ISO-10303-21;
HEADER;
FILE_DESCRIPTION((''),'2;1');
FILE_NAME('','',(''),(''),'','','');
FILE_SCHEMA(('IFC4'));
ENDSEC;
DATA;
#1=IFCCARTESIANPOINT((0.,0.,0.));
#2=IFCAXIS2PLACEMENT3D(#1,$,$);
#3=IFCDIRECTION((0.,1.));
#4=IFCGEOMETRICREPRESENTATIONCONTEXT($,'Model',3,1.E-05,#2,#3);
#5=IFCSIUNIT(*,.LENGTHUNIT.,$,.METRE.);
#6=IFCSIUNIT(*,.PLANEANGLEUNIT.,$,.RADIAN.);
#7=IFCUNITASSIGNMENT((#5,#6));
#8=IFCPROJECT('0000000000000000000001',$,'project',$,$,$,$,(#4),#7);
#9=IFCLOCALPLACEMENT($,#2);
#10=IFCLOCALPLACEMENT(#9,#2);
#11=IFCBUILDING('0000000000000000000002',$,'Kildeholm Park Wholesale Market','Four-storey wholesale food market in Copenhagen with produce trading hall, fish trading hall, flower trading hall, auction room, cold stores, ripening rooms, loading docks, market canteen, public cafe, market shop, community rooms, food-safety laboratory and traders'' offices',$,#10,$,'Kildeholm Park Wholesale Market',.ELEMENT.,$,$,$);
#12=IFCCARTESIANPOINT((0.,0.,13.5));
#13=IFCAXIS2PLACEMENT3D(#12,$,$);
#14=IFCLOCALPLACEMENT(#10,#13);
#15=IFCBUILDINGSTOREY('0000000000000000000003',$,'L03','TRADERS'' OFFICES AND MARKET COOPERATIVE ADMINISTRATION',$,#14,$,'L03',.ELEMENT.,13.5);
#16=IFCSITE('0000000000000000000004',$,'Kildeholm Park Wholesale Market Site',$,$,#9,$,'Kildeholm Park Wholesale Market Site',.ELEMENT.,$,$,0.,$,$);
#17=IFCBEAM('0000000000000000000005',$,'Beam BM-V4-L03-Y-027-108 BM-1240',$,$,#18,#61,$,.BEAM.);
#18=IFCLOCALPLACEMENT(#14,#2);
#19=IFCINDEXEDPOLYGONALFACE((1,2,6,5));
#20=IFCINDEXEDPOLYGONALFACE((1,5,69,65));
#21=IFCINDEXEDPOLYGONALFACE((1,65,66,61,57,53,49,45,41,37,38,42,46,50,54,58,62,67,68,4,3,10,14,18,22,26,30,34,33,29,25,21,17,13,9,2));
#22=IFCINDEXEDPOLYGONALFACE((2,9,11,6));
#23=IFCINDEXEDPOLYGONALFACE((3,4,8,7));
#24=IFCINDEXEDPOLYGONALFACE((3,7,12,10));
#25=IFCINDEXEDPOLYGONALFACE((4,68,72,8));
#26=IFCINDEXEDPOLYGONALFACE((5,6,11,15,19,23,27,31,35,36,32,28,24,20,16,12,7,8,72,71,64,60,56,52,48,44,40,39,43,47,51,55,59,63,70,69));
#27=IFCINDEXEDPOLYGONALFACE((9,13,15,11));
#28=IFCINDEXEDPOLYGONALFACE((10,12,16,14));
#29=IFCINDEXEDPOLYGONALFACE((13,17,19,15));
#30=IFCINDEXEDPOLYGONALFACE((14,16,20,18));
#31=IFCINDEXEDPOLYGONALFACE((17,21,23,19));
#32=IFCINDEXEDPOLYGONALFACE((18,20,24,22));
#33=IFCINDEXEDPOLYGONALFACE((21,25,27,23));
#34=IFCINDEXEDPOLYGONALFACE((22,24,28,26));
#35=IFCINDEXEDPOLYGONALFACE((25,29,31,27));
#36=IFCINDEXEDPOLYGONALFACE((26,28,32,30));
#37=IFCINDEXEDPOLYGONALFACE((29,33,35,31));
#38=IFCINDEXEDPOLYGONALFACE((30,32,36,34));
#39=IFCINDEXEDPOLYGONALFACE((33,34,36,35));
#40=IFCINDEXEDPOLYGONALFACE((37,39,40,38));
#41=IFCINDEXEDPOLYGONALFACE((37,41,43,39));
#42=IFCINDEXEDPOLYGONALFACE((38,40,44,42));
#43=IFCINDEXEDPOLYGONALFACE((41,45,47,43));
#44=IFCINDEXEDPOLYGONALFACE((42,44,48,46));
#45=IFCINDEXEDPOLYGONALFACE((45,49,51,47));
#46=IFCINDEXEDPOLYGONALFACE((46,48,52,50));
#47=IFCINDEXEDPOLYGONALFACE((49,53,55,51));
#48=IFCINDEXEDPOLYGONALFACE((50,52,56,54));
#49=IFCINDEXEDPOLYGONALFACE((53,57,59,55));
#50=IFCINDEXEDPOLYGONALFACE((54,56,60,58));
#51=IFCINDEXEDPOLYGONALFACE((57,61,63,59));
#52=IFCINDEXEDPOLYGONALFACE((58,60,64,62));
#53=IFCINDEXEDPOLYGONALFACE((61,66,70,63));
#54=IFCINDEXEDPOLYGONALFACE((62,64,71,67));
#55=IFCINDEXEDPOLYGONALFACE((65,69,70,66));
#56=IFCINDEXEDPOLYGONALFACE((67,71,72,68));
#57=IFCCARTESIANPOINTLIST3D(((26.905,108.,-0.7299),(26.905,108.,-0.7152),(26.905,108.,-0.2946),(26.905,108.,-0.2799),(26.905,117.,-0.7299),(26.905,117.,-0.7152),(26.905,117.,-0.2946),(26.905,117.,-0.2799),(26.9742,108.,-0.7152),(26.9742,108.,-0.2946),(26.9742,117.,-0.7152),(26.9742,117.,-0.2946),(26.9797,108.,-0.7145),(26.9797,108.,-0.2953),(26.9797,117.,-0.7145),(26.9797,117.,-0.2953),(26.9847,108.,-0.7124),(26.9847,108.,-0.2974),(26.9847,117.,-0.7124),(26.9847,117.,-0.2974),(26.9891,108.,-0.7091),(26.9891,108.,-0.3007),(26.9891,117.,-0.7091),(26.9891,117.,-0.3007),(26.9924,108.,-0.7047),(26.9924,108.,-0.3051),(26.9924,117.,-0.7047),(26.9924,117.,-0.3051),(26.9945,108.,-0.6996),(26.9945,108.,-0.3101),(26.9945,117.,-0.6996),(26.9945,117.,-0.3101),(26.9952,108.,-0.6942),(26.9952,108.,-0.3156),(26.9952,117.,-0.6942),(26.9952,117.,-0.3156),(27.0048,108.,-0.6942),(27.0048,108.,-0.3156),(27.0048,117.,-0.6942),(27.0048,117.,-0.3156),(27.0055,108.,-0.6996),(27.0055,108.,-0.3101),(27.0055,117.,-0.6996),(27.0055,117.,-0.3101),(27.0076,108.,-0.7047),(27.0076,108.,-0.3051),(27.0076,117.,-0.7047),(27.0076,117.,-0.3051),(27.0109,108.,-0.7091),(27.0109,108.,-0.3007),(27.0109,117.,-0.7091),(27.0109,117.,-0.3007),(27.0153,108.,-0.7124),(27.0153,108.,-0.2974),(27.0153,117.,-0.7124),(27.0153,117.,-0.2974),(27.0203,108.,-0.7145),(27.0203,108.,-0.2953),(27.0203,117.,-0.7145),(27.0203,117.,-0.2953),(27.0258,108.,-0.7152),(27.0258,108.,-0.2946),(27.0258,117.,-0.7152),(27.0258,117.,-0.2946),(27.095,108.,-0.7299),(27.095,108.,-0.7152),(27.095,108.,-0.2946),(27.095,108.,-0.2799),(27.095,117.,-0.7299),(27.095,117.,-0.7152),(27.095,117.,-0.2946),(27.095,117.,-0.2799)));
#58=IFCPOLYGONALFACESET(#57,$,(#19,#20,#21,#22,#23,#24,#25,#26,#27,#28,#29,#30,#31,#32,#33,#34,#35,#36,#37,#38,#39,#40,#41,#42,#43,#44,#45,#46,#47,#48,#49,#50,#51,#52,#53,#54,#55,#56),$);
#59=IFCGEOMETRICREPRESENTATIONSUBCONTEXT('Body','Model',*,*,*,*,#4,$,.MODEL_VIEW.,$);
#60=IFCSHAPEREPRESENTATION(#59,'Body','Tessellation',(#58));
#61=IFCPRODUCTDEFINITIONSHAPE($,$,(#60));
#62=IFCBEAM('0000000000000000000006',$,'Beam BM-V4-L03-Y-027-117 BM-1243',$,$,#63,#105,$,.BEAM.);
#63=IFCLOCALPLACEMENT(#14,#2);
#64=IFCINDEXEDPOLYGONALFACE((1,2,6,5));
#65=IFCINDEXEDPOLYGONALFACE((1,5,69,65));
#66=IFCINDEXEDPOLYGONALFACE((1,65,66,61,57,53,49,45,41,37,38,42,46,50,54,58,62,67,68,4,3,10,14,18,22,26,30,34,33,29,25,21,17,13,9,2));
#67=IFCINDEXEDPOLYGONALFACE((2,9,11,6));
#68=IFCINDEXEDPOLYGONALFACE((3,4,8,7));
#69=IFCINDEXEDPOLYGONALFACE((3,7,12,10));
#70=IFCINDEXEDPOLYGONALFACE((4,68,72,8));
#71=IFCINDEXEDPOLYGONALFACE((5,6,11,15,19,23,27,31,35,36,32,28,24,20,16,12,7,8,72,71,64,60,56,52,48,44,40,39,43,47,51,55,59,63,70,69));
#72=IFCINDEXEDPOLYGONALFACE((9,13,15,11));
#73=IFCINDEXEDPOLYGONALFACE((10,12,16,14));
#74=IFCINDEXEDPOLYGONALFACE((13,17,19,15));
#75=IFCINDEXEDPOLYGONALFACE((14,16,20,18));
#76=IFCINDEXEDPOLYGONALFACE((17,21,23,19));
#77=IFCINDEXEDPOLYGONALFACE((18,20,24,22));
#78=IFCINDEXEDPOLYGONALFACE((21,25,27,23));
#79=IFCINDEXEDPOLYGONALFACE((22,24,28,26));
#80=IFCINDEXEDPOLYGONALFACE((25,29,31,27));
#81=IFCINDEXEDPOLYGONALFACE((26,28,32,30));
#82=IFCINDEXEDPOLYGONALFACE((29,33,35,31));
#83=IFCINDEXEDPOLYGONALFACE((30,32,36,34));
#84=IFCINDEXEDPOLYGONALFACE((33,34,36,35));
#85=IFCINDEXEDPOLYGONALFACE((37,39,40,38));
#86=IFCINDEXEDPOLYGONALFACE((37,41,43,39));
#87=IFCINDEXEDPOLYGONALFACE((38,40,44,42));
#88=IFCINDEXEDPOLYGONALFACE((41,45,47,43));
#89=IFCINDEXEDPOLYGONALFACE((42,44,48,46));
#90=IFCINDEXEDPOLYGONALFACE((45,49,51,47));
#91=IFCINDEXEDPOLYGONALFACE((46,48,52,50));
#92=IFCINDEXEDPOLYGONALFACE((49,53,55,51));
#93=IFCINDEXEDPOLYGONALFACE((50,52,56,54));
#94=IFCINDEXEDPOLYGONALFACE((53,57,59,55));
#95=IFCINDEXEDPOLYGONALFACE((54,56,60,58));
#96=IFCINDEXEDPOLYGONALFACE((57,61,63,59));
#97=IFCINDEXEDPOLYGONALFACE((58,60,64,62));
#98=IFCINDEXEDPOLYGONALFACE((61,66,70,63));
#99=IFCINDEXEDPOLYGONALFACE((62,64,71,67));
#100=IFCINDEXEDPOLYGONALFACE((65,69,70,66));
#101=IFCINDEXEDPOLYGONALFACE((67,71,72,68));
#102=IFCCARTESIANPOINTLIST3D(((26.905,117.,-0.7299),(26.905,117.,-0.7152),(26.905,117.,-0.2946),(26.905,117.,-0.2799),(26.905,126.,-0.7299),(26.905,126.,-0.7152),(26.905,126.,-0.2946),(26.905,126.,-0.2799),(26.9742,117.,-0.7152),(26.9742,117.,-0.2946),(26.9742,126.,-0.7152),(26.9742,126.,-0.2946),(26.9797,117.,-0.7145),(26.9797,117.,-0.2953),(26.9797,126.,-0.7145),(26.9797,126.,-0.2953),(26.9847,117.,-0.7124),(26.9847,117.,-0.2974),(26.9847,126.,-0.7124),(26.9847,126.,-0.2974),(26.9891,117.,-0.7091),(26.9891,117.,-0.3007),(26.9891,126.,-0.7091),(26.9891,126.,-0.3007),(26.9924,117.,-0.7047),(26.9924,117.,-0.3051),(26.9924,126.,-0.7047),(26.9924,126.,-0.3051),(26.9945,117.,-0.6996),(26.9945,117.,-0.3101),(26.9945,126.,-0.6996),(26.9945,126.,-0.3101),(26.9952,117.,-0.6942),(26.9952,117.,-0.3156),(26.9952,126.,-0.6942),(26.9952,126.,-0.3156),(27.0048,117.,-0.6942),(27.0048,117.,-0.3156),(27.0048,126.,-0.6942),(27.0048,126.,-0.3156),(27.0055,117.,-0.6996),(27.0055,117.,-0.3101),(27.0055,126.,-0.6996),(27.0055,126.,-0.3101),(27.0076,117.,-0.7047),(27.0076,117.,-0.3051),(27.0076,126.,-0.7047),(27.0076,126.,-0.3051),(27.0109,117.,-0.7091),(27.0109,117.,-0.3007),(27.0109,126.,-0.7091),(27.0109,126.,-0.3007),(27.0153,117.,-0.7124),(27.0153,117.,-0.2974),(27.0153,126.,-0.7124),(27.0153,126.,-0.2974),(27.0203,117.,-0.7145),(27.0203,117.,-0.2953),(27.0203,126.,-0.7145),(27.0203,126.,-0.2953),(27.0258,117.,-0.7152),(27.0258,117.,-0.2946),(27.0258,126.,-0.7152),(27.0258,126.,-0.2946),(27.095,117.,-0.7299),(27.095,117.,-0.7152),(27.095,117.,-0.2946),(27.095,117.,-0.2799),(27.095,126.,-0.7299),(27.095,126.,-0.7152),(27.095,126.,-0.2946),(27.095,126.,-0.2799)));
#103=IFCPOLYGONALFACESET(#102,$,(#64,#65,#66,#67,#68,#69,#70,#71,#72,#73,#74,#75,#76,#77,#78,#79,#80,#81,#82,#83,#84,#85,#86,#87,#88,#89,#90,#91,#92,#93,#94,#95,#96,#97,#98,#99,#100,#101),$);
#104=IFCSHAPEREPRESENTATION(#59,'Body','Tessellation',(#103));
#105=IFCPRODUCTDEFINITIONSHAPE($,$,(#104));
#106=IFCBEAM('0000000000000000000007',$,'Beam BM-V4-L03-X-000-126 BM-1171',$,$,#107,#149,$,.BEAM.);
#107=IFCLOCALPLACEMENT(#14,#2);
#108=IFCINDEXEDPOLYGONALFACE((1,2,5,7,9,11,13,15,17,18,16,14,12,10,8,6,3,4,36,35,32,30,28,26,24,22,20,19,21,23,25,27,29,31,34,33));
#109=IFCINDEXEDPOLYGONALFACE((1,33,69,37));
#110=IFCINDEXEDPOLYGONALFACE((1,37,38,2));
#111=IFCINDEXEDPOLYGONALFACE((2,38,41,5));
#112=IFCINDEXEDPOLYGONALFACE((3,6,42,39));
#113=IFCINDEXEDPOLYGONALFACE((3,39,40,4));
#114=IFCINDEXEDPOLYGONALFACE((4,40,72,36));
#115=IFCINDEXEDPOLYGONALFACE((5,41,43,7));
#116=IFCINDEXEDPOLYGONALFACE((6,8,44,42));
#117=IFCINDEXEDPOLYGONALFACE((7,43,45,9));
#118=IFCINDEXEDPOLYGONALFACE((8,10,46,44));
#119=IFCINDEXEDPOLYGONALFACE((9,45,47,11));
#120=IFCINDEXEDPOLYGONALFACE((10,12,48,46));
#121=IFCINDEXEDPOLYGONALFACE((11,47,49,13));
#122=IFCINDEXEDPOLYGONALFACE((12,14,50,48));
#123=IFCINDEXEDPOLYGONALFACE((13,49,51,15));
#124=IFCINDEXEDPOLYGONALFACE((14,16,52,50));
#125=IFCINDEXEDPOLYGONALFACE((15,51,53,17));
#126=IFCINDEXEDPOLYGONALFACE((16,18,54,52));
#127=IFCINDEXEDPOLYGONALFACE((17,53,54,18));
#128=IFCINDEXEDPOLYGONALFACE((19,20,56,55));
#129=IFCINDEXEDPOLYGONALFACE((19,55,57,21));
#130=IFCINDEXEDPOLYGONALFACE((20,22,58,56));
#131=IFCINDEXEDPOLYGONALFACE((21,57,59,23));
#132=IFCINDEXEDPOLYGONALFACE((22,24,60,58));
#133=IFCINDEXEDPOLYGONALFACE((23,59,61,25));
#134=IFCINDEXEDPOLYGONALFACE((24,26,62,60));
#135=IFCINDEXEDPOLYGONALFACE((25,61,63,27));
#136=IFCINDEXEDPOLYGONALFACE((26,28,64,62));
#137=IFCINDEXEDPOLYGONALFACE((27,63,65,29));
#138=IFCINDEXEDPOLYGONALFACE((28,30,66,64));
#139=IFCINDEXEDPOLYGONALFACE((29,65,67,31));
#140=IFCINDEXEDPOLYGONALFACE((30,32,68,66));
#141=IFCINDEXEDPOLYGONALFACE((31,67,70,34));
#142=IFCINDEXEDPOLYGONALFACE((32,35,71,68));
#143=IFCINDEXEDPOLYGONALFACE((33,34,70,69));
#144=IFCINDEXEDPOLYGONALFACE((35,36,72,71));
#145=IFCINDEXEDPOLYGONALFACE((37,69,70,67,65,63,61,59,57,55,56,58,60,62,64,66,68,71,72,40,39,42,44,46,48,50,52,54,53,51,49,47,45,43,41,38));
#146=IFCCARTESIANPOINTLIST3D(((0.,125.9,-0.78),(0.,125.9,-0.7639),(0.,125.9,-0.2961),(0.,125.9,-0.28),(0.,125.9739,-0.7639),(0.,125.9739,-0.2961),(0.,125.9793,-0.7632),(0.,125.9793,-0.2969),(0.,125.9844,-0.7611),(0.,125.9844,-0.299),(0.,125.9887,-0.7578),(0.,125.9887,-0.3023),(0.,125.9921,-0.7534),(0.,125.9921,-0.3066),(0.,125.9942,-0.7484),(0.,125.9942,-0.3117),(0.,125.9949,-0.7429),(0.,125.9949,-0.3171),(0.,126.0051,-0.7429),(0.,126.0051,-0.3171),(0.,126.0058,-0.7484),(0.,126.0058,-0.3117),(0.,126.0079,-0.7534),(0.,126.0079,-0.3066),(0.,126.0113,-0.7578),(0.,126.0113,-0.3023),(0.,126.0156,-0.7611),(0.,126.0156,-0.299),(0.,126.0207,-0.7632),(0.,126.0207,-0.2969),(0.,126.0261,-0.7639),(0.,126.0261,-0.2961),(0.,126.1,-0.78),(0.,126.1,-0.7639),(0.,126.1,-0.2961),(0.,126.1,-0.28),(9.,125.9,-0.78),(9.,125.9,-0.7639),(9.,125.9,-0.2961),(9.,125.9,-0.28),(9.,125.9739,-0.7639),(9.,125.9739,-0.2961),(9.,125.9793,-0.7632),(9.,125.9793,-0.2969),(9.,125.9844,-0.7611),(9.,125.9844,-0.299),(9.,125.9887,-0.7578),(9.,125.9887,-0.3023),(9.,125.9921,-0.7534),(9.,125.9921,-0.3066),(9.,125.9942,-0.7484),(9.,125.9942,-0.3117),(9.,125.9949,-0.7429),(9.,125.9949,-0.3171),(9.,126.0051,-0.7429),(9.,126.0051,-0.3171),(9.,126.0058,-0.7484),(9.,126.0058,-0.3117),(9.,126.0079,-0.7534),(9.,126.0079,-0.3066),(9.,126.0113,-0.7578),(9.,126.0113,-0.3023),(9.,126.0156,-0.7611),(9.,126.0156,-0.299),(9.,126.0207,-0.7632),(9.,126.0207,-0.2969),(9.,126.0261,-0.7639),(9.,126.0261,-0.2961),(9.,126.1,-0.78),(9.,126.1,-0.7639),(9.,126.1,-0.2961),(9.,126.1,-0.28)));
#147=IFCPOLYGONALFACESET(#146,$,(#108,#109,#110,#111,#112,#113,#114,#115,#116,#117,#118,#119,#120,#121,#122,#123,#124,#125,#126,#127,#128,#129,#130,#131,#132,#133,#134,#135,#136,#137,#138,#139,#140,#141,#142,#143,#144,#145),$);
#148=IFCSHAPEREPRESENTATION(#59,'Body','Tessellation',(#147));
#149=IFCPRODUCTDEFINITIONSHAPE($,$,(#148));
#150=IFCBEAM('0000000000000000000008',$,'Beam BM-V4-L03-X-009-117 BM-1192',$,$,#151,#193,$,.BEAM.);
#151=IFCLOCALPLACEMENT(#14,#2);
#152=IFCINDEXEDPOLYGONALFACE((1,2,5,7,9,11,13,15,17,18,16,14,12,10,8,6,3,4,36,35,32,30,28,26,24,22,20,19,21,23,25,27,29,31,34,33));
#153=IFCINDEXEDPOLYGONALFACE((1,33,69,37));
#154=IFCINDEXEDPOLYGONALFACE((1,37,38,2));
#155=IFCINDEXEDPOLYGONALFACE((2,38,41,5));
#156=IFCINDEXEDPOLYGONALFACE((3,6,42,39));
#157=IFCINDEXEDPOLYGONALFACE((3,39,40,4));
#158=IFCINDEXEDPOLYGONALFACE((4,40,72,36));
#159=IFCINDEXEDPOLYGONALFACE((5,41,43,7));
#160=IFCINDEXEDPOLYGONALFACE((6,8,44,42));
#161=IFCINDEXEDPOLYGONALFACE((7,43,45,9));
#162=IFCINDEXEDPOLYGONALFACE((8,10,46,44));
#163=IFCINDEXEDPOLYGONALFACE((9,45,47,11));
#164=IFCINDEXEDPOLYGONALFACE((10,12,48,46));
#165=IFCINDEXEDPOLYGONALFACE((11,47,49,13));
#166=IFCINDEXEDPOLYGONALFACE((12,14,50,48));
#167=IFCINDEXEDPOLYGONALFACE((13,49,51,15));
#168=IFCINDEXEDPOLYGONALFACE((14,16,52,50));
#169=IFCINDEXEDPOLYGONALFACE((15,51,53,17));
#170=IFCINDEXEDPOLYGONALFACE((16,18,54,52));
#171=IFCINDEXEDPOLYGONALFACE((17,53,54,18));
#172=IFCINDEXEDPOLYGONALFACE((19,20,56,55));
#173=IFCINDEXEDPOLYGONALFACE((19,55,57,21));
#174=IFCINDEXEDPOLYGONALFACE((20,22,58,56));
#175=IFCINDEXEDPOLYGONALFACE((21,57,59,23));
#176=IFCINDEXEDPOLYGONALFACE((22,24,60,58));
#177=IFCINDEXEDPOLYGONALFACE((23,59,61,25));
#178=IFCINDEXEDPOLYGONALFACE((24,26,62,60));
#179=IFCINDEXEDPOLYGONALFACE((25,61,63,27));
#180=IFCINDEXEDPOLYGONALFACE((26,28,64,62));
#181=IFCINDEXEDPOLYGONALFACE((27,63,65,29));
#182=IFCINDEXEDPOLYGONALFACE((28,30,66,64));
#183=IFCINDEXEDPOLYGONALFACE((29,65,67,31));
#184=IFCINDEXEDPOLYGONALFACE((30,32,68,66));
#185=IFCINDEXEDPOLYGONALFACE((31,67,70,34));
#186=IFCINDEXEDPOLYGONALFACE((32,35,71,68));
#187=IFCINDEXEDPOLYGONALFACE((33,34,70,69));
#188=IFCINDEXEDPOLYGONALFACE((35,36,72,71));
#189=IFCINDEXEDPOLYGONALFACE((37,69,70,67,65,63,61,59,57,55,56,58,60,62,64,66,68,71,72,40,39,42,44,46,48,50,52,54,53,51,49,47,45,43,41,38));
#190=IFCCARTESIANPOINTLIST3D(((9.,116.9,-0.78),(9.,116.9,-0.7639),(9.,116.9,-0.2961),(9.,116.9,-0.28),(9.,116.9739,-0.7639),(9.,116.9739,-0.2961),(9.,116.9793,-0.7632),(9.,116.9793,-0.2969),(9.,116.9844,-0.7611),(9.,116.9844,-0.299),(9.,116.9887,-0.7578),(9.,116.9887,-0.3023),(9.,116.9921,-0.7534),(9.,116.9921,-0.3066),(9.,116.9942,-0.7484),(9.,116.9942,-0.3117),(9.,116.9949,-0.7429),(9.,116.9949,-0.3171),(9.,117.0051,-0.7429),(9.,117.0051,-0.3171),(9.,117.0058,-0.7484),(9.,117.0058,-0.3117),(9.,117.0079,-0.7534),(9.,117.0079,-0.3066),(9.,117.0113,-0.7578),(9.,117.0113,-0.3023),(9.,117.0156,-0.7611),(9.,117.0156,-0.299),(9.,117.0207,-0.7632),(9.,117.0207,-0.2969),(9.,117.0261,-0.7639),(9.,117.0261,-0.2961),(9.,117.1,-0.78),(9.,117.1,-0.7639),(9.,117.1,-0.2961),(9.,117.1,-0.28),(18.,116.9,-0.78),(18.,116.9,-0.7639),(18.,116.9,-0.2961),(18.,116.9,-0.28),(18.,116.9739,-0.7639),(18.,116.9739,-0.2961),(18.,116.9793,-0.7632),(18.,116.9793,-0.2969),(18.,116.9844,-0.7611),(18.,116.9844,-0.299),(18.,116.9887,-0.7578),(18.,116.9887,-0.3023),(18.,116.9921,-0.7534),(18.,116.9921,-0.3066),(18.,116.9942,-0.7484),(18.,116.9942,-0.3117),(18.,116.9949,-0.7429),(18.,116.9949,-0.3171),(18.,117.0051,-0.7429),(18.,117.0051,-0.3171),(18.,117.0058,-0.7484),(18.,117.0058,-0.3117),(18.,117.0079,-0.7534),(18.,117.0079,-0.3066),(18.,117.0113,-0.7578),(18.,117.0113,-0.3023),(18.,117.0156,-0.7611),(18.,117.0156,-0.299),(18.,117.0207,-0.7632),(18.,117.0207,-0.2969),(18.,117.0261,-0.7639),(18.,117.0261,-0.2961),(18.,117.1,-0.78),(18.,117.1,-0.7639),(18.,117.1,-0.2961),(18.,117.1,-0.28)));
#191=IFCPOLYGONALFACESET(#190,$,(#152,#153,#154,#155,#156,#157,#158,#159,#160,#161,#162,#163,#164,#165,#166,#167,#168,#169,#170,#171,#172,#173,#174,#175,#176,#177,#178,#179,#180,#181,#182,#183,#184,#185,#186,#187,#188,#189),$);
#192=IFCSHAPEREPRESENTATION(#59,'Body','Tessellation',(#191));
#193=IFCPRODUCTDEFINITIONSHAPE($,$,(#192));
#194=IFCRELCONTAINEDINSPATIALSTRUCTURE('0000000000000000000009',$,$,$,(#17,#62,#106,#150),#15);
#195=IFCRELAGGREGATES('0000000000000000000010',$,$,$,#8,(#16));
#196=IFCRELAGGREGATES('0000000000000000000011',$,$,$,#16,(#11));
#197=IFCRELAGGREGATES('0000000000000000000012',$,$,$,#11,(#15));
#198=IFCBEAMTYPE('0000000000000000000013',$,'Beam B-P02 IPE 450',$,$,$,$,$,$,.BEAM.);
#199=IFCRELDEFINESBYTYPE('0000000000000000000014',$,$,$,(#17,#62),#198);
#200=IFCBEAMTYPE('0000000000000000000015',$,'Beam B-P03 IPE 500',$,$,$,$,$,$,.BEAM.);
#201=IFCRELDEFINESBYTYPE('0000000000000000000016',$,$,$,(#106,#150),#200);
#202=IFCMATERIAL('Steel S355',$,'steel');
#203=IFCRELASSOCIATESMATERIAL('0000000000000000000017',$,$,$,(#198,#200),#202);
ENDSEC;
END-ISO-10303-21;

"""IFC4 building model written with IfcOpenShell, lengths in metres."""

from ifc_helpers import new_model, si_unit, direction, frame, origin, origin_2d, place, context, subcontext, project, spatial, i_section, extrude, material, material_profile, profile_set, type_object, element, save


model = new_model("IFC4")

# Units and contexts
model_context = context("Model", 3, precision=1e-05, world=origin(), true_north=direction((0.0, 1.0)))
body_context = subcontext(model_context, "Body", "Model", "MODEL_VIEW")
ifc_project = project(units=[si_unit("LENGTHUNIT", "METRE"), si_unit("PLANEANGLEUNIT", "RADIAN")], contexts=[model_context])

# Site, building, storey
site_placement = place(None, origin())
site = spatial("IfcSite", under=ifc_project, at=site_placement, Name="Kildeholm Park Wholesale Market Site", LongName="Kildeholm Park Wholesale Market Site", CompositionType="ELEMENT", RefElevation=0.0)
building_placement = place(site_placement, origin())
building = spatial("IfcBuilding", under=site, at=building_placement, Name="Kildeholm Park Wholesale Market", Description="Four-storey wholesale food market in Copenhagen with produce trading hall, fish trading hall, flower trading hall, auction room, cold stores, ripening rooms, loading docks, market canteen, public cafe, market shop, community rooms, food-safety laboratory and traders' offices", LongName="Kildeholm Park Wholesale Market", CompositionType="ELEMENT")
storey_placement = place(building_placement, frame((0.0, 0.0, 13.5)))
storey = spatial("IfcBuildingStorey", under=building, at=storey_placement, Name="L03", Description="TRADERS' OFFICES AND MARKET COOPERATIVE ADMINISTRATION", LongName="L03", CompositionType="ELEMENT", Elevation=13.5)

# Beams
ifc_material_1 = material(Name="Steel S355", Category="steel")
ifc_material_profile_1 = material_profile(ifc_material_1, i_section(OverallWidth=0.1899, OverallDepth=0.45, WebThickness=0.0095, FlangeThickness=0.0146, FilletRadius=0.021, at=origin_2d()), Name="IPE 450")
ifc_profile_set_1 = profile_set([ifc_material_profile_1], Name="Steel S355")
beam_type_1 = type_object("IfcBeamType", Name="Beam B-P02 IPE 450", PredefinedType="BEAM", material=ifc_profile_set_1)
for number, where, z_axis, x_axis, name in (
    (1, (27.0, 108.0, -0.5049), (0.0, 1.0, 0.0), (-1.0, 0.0, 0.0), "Beam BM-V4-L03-Y-027-108 BM-1240"),
    (2, (27.0, 117.0, -0.5049), (0.0, 1.0, 0.0), (-1.0, 0.0, 0.0), "Beam BM-V4-L03-Y-027-117 BM-1243"),
):
    element("IfcBeam", number, at=place(storey_placement, frame(where, z_axis=z_axis, x_axis=x_axis)), inside=storey, type_object=beam_type_1, Name=name, PredefinedType="BEAM", context=body_context, shape_type="SweptSolid", body=[
        extrude(i_section(OverallWidth=0.1899, OverallDepth=0.45, WebThickness=0.0095, FlangeThickness=0.0146, FilletRadius=0.021, at=origin_2d()), origin(), (0.0, 0.0, 1.0), 9.0),
    ])
ifc_material_profile_2 = material_profile(ifc_material_1, i_section(OverallWidth=0.2, OverallDepth=0.5, WebThickness=0.0103, FlangeThickness=0.0161, FilletRadius=0.021, at=origin_2d()), Name="IPE 500")
ifc_profile_set_2 = profile_set([ifc_material_profile_2], Name="Steel S355")
beam_type_2 = type_object("IfcBeamType", Name="Beam B-P03 IPE 500", PredefinedType="BEAM", material=ifc_profile_set_2)
for number, where, z_axis, x_axis, name in (
    (3, (0.0, 126.0, -0.53), (1.0, 0.0, 0.0), (0.0, 1.0, 0.0), "Beam BM-V4-L03-X-000-126 BM-1171"),
    (4, (9.0, 117.0, -0.53), (1.0, 0.0, 0.0), (0.0, 1.0, 0.0), "Beam BM-V4-L03-X-009-117 BM-1192"),
):
    element("IfcBeam", number, at=place(storey_placement, frame(where, z_axis=z_axis, x_axis=x_axis)), inside=storey, type_object=beam_type_2, Name=name, PredefinedType="BEAM", context=body_context, shape_type="SweptSolid", body=[
        extrude(i_section(OverallWidth=0.2, OverallDepth=0.5, WebThickness=0.0103, FlangeThickness=0.0161, FilletRadius=0.021, at=origin_2d()), origin(), (0.0, 0.0, 1.0), 9.0),
    ])

save(model, "model.ifc")
